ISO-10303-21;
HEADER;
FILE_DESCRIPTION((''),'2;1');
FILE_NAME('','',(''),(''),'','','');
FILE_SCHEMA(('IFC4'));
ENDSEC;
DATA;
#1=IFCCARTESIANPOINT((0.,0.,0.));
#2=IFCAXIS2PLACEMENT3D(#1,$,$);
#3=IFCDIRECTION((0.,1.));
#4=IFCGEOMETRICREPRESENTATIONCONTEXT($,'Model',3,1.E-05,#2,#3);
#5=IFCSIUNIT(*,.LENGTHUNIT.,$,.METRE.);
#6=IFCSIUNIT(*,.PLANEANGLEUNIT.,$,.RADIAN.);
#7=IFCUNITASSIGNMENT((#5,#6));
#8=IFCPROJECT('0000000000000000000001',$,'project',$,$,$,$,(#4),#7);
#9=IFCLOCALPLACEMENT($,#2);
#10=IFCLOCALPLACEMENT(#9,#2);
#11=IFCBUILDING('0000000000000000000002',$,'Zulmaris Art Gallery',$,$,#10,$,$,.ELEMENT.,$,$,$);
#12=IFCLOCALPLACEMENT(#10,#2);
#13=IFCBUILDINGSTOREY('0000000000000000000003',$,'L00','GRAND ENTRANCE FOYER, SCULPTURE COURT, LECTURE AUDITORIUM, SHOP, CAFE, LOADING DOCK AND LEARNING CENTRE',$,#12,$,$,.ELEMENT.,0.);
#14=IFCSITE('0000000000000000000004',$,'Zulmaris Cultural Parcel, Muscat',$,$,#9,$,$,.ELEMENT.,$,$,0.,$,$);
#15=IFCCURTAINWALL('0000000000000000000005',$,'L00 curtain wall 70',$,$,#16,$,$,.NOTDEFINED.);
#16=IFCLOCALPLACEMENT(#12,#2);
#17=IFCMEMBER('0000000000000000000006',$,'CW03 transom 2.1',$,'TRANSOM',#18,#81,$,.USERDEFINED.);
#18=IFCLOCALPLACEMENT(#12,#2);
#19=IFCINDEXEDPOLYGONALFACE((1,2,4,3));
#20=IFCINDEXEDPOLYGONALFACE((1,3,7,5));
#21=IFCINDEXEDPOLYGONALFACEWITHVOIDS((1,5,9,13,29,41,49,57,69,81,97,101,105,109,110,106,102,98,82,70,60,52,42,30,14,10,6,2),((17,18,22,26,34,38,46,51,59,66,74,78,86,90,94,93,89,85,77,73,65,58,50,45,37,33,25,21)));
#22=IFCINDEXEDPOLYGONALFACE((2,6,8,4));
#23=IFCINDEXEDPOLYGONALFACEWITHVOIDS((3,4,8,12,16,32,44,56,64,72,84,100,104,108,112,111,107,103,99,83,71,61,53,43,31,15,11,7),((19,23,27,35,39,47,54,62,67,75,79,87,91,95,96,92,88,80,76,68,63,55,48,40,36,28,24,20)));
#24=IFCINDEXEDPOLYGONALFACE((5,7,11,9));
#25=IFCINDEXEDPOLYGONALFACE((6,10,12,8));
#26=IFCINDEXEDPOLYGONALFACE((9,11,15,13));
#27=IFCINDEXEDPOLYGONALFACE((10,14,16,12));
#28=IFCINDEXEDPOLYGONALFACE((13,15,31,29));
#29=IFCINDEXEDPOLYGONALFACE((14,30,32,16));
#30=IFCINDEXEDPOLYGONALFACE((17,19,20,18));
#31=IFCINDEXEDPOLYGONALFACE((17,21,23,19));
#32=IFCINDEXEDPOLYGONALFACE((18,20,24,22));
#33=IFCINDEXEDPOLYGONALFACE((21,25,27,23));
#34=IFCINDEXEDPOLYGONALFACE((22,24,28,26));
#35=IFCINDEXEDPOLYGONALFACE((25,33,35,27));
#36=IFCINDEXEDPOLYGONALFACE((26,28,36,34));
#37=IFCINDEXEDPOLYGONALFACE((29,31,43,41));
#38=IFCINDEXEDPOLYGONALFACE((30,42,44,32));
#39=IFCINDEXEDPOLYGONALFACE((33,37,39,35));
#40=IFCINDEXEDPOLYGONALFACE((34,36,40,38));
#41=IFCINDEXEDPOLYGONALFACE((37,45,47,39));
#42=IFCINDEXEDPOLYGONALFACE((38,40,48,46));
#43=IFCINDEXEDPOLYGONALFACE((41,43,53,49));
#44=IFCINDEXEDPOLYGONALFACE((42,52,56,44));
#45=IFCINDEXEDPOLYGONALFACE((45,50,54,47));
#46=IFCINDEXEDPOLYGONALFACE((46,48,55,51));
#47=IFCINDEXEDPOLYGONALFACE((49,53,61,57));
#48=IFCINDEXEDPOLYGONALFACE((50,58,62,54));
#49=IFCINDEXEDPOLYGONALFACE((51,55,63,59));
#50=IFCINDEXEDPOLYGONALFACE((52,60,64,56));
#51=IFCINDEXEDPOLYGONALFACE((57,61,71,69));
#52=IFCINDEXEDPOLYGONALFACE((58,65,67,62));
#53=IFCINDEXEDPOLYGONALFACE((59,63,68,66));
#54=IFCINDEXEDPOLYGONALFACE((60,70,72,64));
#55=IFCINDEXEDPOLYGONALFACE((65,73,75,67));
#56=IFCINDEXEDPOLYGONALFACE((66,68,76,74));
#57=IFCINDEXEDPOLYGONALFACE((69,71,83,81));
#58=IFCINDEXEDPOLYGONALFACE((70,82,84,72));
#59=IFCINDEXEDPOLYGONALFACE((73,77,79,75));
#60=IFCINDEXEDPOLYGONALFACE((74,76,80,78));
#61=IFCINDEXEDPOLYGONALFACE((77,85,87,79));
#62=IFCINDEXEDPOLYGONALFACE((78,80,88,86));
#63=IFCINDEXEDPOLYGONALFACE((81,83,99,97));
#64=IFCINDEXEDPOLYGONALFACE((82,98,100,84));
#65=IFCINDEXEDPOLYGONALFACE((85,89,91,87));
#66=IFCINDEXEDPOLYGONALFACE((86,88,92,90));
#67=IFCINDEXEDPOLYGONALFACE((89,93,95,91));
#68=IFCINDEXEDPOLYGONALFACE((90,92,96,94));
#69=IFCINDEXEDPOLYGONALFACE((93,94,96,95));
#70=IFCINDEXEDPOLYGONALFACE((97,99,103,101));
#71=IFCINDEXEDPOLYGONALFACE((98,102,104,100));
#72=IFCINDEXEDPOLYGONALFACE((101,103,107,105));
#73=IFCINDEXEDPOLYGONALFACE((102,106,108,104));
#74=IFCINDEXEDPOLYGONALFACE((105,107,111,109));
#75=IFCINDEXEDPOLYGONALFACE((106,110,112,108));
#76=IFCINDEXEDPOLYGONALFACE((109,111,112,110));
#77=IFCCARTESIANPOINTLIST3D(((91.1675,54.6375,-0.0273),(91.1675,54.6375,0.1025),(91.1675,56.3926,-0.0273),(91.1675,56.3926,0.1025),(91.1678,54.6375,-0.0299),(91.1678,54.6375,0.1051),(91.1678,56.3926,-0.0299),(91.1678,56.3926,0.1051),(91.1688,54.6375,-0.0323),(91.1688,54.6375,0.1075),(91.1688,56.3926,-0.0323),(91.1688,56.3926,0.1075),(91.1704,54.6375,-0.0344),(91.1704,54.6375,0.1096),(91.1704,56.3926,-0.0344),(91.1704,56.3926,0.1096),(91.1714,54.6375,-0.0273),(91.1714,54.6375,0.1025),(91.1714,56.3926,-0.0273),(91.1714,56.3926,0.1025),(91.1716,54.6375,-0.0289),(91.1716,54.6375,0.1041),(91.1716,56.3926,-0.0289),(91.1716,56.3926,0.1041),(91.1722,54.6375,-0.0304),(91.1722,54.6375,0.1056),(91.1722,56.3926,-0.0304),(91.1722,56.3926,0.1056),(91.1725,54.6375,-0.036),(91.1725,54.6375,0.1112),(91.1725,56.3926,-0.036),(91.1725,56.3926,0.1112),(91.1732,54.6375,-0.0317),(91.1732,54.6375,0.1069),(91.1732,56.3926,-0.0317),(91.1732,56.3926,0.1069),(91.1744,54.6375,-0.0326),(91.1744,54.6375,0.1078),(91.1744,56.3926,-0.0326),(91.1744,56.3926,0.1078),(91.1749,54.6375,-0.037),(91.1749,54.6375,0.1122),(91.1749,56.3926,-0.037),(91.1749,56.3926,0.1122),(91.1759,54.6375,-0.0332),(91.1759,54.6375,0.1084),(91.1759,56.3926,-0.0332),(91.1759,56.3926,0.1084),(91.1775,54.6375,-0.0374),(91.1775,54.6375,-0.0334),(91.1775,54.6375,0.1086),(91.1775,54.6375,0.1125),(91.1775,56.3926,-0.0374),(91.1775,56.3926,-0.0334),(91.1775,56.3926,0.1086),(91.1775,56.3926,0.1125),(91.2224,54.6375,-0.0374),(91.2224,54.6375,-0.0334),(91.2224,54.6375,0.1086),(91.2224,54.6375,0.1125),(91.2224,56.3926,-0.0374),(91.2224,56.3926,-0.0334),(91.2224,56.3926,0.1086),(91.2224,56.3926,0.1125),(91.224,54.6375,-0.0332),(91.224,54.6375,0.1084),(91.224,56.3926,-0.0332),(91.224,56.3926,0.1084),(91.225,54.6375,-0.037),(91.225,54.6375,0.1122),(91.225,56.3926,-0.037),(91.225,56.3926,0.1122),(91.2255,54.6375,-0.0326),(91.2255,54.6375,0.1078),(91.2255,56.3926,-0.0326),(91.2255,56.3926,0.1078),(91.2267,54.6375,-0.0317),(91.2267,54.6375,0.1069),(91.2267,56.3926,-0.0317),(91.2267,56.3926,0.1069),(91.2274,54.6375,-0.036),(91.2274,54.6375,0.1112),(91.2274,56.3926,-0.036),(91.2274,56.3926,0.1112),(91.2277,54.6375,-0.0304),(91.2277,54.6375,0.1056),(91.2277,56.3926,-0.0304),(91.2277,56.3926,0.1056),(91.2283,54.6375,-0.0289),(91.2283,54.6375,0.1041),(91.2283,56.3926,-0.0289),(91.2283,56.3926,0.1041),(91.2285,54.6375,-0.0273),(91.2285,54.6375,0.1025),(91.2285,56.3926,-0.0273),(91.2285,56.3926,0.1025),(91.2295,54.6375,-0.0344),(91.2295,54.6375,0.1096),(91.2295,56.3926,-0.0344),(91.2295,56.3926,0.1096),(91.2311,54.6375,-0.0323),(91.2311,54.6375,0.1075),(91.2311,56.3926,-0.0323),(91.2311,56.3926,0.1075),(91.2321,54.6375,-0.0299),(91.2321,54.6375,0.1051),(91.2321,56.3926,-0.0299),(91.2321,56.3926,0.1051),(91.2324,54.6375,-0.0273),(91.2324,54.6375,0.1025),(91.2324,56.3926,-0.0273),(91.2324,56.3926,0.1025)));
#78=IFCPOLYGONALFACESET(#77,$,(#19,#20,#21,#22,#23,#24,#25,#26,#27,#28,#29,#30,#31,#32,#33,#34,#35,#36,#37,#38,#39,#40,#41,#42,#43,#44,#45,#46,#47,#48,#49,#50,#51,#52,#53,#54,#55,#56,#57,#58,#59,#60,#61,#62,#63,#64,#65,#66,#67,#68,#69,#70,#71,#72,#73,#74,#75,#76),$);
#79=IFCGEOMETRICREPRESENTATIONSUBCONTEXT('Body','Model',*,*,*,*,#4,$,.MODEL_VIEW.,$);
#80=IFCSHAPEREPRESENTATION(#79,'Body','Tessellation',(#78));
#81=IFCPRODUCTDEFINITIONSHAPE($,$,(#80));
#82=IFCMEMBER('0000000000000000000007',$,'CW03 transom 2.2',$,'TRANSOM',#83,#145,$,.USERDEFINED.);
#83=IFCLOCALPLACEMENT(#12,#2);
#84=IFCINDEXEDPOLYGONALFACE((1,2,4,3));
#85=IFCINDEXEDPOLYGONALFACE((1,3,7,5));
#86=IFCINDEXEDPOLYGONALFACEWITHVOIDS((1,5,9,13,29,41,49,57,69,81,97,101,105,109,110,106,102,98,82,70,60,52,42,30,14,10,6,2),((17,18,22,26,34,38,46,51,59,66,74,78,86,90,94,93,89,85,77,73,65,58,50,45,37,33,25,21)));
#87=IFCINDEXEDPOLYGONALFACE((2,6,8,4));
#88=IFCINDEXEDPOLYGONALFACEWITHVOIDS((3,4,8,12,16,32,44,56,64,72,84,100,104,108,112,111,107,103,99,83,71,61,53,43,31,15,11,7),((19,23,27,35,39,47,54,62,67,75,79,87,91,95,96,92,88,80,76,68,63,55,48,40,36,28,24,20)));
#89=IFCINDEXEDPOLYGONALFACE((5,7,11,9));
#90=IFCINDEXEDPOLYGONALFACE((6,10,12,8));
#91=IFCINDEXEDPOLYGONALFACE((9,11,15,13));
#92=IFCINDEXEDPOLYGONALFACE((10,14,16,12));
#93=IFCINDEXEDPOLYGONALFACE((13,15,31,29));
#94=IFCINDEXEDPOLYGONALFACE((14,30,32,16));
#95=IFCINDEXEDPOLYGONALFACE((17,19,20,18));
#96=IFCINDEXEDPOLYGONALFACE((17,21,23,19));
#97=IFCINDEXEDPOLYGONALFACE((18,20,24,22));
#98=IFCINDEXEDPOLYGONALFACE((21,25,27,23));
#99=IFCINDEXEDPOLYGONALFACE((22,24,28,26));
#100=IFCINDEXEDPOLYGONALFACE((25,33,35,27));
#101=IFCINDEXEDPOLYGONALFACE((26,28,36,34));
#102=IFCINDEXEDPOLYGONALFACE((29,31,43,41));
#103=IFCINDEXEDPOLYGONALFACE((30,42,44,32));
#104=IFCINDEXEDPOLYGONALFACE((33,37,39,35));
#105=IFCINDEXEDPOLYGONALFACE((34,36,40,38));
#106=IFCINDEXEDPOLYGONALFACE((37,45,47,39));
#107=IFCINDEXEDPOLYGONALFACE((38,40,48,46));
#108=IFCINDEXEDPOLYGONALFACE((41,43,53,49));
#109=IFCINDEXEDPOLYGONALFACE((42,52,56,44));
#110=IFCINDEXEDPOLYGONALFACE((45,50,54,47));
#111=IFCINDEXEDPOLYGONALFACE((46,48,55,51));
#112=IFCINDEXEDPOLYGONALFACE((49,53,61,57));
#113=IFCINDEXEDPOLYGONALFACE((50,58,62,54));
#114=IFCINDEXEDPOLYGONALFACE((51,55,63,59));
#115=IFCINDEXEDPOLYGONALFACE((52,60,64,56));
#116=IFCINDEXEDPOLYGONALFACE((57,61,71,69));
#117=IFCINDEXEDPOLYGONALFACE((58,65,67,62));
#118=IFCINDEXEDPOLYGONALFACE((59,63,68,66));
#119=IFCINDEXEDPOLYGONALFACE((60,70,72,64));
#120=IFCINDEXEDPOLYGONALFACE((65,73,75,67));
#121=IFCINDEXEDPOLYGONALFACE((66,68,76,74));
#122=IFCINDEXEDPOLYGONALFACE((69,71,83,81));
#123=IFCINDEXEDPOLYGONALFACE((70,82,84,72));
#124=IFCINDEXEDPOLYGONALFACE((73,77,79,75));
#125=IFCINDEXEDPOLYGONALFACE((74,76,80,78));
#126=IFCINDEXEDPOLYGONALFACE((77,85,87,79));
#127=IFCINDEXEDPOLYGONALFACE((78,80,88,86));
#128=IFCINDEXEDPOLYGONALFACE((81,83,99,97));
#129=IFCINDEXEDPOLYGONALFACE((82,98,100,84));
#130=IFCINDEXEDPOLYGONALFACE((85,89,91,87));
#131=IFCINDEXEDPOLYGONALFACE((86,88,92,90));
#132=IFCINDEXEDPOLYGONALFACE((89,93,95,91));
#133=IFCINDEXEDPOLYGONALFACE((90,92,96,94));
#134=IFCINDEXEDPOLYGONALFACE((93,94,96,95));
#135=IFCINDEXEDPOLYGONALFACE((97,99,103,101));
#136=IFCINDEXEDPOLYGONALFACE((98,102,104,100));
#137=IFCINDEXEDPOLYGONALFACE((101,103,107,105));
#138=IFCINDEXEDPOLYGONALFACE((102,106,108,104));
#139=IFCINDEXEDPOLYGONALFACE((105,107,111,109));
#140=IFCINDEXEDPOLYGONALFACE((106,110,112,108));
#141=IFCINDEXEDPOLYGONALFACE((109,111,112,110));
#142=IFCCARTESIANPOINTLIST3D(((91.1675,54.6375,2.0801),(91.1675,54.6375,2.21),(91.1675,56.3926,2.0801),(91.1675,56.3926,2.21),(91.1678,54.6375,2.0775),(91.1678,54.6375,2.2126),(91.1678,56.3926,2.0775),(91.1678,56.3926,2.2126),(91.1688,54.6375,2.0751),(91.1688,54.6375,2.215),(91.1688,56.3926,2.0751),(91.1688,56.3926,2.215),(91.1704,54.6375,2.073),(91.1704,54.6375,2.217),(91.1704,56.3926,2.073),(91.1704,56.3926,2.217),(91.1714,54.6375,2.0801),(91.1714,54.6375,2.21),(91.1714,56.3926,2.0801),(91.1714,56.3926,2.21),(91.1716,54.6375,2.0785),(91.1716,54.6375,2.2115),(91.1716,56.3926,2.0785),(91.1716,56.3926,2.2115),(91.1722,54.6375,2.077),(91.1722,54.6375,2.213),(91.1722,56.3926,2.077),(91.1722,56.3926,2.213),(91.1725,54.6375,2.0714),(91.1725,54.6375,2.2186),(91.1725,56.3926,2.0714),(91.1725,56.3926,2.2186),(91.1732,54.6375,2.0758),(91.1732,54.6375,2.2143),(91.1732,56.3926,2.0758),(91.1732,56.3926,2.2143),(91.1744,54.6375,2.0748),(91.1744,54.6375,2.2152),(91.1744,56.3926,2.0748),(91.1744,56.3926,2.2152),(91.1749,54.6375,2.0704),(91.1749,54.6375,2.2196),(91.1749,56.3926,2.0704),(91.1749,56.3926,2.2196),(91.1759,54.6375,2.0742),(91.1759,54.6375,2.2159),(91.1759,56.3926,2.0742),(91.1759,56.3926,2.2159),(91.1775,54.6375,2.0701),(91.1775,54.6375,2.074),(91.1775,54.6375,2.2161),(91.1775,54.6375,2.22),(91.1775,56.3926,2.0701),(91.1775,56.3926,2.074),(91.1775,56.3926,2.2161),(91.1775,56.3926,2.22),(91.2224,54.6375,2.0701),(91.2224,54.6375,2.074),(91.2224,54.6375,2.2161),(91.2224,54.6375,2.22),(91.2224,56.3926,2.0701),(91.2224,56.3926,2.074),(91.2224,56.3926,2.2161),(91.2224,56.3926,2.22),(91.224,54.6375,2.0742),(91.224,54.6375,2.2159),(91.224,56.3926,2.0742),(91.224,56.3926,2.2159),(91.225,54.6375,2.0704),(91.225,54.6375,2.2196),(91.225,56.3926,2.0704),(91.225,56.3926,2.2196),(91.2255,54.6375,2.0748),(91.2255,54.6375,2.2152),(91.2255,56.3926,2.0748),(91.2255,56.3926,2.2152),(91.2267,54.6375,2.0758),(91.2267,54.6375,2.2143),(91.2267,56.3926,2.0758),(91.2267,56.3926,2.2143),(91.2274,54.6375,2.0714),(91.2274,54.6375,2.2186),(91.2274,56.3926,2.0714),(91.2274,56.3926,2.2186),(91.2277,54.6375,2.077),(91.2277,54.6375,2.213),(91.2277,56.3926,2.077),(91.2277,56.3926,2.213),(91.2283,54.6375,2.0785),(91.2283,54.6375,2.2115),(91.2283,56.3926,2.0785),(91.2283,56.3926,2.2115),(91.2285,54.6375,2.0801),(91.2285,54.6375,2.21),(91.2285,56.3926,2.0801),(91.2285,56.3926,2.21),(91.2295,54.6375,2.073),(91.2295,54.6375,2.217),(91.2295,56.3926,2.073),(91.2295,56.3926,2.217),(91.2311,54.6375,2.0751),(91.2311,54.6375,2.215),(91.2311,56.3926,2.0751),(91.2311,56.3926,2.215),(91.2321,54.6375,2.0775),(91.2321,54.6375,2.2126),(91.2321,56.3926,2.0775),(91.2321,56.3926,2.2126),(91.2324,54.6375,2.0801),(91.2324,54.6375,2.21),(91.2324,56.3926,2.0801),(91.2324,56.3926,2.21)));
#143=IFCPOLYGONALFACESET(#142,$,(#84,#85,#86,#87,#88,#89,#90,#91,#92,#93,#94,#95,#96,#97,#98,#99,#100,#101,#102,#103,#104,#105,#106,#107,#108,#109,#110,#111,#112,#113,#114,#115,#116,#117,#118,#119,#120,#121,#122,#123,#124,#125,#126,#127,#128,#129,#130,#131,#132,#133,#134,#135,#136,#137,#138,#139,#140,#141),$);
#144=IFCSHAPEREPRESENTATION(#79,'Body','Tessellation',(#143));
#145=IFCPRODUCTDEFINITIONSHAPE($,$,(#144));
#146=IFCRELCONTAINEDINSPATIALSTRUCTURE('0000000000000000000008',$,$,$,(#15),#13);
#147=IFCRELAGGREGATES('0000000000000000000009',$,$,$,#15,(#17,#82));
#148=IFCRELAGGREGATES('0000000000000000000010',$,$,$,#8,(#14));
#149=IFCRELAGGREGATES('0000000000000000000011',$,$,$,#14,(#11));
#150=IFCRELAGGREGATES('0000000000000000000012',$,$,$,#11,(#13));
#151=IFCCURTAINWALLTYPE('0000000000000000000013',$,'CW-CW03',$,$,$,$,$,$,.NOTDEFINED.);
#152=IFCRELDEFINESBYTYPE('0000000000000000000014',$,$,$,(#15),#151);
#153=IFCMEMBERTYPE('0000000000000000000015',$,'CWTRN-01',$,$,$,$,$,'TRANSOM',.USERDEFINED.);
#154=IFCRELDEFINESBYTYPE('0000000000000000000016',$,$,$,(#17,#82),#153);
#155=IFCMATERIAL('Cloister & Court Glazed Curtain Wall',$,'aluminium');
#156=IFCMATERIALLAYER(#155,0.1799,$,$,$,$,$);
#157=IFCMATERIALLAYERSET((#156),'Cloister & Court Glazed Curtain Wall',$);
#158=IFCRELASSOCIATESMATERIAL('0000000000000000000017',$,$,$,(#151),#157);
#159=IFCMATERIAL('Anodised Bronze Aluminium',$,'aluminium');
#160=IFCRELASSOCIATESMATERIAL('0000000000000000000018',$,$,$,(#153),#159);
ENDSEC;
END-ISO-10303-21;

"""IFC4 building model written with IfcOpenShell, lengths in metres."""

from ifc_helpers import new_model, si_unit, direction, frame, origin, origin_2d, place, context, subcontext, project, spatial, hollow_rectangle, extrude, material, layer, layer_set, material_profile, profile_set, type_object, element, aggregate, save


model = new_model("IFC4")

# Units and contexts
model_context = context("Model", 3, precision=1e-05, world=origin(), true_north=direction((0.0, 1.0)))
body_context = subcontext(model_context, "Body", "Model", "MODEL_VIEW")
ifc_project = project(units=[si_unit("LENGTHUNIT", "METRE"), si_unit("PLANEANGLEUNIT", "RADIAN")], contexts=[model_context])

# Site, building, storey
site_placement = place(None, origin())
site = spatial("IfcSite", under=ifc_project, at=site_placement, Name="Zulmaris Cultural Parcel, Muscat", CompositionType="ELEMENT", RefElevation=0.0)
building_placement = place(site_placement, origin())
building = spatial("IfcBuilding", under=site, at=building_placement, Name="Zulmaris Art Gallery", CompositionType="ELEMENT")
storey_placement = place(building_placement, origin())
storey = spatial("IfcBuildingStorey", under=building, at=storey_placement, Name="L00", Description="GRAND ENTRANCE FOYER, SCULPTURE COURT, LECTURE AUDITORIUM, SHOP, CAFE, LOADING DOCK AND LEARNING CENTRE", CompositionType="ELEMENT", Elevation=0.0)

# Shared definitions
ifc_material_1 = material(Name="Cloister & Court Glazed Curtain Wall", Category="aluminium")
ifc_layer_1 = layer(ifc_material_1, 0.1799)
ifc_layer_set_1 = layer_set([ifc_layer_1], Name="Cloister & Court Glazed Curtain Wall")
curtain_wall_type_1 = type_object("IfcCurtainWallType", Name="CW-CW03", PredefinedType="NOTDEFINED", material=ifc_layer_set_1)
ifc_material_2 = material(Name="Anodised Bronze Aluminium", Category="aluminium")

# Curtain wall
curtain_wall_1_placement = place(storey_placement, origin())
curtain_wall_1 = element("IfcCurtainWall", 1, at=curtain_wall_1_placement, inside=storey, type_object=curtain_wall_type_1, Name="L00 curtain wall 70", PredefinedType="NOTDEFINED")

# Members
ifc_material_profile_1 = material_profile(ifc_material_2, hollow_rectangle(XDim=0.0649, YDim=0.1499, WallThickness=0.0039, InnerFilletRadius=0.0061, OuterFilletRadius=0.01, at=origin_2d()), Name="ALU 65x150x4")
ifc_profile_set_1 = profile_set([ifc_material_profile_1], Name="Anodised Bronze Aluminium")
member_type_1 = type_object("IfcMemberType", Name="CWTRN-01", ElementType="TRANSOM", PredefinedType="USERDEFINED", material=ifc_profile_set_1)
member_1_placement = place(storey_placement, frame((91.2, 56.3926, 0.0376), z_axis=(0.0, -1.0, 0.0), x_axis=(1.0, 0.0, 0.0)))
member_1 = element("IfcMember", 2, at=member_1_placement, type_object=member_type_1, Name="CW03 transom 2.1", ObjectType="TRANSOM", PredefinedType="USERDEFINED", context=body_context, shape_type="SweptSolid", body=[
    extrude(hollow_rectangle(XDim=0.0649, YDim=0.1499, WallThickness=0.0039, InnerFilletRadius=0.0061, OuterFilletRadius=0.01, at=origin_2d()), origin(), (0.0, 0.0, 1.0), 1.7551),
])
member_2_placement = place(storey_placement, frame((91.2, 56.3926, 2.145), z_axis=(0.0, -1.0, 0.0), x_axis=(1.0, 0.0, 0.0)))
member_2 = element("IfcMember", 3, at=member_2_placement, type_object=member_type_1, Name="CW03 transom 2.2", ObjectType="TRANSOM", PredefinedType="USERDEFINED", context=body_context, shape_type="SweptSolid", body=[
    extrude(hollow_rectangle(XDim=0.0649, YDim=0.1499, WallThickness=0.0039, InnerFilletRadius=0.0061, OuterFilletRadius=0.01, at=origin_2d()), origin(), (0.0, 0.0, 1.0), 1.7551),
])

aggregate(curtain_wall_1, [member_1, member_2])

save(model, "model.ifc")
